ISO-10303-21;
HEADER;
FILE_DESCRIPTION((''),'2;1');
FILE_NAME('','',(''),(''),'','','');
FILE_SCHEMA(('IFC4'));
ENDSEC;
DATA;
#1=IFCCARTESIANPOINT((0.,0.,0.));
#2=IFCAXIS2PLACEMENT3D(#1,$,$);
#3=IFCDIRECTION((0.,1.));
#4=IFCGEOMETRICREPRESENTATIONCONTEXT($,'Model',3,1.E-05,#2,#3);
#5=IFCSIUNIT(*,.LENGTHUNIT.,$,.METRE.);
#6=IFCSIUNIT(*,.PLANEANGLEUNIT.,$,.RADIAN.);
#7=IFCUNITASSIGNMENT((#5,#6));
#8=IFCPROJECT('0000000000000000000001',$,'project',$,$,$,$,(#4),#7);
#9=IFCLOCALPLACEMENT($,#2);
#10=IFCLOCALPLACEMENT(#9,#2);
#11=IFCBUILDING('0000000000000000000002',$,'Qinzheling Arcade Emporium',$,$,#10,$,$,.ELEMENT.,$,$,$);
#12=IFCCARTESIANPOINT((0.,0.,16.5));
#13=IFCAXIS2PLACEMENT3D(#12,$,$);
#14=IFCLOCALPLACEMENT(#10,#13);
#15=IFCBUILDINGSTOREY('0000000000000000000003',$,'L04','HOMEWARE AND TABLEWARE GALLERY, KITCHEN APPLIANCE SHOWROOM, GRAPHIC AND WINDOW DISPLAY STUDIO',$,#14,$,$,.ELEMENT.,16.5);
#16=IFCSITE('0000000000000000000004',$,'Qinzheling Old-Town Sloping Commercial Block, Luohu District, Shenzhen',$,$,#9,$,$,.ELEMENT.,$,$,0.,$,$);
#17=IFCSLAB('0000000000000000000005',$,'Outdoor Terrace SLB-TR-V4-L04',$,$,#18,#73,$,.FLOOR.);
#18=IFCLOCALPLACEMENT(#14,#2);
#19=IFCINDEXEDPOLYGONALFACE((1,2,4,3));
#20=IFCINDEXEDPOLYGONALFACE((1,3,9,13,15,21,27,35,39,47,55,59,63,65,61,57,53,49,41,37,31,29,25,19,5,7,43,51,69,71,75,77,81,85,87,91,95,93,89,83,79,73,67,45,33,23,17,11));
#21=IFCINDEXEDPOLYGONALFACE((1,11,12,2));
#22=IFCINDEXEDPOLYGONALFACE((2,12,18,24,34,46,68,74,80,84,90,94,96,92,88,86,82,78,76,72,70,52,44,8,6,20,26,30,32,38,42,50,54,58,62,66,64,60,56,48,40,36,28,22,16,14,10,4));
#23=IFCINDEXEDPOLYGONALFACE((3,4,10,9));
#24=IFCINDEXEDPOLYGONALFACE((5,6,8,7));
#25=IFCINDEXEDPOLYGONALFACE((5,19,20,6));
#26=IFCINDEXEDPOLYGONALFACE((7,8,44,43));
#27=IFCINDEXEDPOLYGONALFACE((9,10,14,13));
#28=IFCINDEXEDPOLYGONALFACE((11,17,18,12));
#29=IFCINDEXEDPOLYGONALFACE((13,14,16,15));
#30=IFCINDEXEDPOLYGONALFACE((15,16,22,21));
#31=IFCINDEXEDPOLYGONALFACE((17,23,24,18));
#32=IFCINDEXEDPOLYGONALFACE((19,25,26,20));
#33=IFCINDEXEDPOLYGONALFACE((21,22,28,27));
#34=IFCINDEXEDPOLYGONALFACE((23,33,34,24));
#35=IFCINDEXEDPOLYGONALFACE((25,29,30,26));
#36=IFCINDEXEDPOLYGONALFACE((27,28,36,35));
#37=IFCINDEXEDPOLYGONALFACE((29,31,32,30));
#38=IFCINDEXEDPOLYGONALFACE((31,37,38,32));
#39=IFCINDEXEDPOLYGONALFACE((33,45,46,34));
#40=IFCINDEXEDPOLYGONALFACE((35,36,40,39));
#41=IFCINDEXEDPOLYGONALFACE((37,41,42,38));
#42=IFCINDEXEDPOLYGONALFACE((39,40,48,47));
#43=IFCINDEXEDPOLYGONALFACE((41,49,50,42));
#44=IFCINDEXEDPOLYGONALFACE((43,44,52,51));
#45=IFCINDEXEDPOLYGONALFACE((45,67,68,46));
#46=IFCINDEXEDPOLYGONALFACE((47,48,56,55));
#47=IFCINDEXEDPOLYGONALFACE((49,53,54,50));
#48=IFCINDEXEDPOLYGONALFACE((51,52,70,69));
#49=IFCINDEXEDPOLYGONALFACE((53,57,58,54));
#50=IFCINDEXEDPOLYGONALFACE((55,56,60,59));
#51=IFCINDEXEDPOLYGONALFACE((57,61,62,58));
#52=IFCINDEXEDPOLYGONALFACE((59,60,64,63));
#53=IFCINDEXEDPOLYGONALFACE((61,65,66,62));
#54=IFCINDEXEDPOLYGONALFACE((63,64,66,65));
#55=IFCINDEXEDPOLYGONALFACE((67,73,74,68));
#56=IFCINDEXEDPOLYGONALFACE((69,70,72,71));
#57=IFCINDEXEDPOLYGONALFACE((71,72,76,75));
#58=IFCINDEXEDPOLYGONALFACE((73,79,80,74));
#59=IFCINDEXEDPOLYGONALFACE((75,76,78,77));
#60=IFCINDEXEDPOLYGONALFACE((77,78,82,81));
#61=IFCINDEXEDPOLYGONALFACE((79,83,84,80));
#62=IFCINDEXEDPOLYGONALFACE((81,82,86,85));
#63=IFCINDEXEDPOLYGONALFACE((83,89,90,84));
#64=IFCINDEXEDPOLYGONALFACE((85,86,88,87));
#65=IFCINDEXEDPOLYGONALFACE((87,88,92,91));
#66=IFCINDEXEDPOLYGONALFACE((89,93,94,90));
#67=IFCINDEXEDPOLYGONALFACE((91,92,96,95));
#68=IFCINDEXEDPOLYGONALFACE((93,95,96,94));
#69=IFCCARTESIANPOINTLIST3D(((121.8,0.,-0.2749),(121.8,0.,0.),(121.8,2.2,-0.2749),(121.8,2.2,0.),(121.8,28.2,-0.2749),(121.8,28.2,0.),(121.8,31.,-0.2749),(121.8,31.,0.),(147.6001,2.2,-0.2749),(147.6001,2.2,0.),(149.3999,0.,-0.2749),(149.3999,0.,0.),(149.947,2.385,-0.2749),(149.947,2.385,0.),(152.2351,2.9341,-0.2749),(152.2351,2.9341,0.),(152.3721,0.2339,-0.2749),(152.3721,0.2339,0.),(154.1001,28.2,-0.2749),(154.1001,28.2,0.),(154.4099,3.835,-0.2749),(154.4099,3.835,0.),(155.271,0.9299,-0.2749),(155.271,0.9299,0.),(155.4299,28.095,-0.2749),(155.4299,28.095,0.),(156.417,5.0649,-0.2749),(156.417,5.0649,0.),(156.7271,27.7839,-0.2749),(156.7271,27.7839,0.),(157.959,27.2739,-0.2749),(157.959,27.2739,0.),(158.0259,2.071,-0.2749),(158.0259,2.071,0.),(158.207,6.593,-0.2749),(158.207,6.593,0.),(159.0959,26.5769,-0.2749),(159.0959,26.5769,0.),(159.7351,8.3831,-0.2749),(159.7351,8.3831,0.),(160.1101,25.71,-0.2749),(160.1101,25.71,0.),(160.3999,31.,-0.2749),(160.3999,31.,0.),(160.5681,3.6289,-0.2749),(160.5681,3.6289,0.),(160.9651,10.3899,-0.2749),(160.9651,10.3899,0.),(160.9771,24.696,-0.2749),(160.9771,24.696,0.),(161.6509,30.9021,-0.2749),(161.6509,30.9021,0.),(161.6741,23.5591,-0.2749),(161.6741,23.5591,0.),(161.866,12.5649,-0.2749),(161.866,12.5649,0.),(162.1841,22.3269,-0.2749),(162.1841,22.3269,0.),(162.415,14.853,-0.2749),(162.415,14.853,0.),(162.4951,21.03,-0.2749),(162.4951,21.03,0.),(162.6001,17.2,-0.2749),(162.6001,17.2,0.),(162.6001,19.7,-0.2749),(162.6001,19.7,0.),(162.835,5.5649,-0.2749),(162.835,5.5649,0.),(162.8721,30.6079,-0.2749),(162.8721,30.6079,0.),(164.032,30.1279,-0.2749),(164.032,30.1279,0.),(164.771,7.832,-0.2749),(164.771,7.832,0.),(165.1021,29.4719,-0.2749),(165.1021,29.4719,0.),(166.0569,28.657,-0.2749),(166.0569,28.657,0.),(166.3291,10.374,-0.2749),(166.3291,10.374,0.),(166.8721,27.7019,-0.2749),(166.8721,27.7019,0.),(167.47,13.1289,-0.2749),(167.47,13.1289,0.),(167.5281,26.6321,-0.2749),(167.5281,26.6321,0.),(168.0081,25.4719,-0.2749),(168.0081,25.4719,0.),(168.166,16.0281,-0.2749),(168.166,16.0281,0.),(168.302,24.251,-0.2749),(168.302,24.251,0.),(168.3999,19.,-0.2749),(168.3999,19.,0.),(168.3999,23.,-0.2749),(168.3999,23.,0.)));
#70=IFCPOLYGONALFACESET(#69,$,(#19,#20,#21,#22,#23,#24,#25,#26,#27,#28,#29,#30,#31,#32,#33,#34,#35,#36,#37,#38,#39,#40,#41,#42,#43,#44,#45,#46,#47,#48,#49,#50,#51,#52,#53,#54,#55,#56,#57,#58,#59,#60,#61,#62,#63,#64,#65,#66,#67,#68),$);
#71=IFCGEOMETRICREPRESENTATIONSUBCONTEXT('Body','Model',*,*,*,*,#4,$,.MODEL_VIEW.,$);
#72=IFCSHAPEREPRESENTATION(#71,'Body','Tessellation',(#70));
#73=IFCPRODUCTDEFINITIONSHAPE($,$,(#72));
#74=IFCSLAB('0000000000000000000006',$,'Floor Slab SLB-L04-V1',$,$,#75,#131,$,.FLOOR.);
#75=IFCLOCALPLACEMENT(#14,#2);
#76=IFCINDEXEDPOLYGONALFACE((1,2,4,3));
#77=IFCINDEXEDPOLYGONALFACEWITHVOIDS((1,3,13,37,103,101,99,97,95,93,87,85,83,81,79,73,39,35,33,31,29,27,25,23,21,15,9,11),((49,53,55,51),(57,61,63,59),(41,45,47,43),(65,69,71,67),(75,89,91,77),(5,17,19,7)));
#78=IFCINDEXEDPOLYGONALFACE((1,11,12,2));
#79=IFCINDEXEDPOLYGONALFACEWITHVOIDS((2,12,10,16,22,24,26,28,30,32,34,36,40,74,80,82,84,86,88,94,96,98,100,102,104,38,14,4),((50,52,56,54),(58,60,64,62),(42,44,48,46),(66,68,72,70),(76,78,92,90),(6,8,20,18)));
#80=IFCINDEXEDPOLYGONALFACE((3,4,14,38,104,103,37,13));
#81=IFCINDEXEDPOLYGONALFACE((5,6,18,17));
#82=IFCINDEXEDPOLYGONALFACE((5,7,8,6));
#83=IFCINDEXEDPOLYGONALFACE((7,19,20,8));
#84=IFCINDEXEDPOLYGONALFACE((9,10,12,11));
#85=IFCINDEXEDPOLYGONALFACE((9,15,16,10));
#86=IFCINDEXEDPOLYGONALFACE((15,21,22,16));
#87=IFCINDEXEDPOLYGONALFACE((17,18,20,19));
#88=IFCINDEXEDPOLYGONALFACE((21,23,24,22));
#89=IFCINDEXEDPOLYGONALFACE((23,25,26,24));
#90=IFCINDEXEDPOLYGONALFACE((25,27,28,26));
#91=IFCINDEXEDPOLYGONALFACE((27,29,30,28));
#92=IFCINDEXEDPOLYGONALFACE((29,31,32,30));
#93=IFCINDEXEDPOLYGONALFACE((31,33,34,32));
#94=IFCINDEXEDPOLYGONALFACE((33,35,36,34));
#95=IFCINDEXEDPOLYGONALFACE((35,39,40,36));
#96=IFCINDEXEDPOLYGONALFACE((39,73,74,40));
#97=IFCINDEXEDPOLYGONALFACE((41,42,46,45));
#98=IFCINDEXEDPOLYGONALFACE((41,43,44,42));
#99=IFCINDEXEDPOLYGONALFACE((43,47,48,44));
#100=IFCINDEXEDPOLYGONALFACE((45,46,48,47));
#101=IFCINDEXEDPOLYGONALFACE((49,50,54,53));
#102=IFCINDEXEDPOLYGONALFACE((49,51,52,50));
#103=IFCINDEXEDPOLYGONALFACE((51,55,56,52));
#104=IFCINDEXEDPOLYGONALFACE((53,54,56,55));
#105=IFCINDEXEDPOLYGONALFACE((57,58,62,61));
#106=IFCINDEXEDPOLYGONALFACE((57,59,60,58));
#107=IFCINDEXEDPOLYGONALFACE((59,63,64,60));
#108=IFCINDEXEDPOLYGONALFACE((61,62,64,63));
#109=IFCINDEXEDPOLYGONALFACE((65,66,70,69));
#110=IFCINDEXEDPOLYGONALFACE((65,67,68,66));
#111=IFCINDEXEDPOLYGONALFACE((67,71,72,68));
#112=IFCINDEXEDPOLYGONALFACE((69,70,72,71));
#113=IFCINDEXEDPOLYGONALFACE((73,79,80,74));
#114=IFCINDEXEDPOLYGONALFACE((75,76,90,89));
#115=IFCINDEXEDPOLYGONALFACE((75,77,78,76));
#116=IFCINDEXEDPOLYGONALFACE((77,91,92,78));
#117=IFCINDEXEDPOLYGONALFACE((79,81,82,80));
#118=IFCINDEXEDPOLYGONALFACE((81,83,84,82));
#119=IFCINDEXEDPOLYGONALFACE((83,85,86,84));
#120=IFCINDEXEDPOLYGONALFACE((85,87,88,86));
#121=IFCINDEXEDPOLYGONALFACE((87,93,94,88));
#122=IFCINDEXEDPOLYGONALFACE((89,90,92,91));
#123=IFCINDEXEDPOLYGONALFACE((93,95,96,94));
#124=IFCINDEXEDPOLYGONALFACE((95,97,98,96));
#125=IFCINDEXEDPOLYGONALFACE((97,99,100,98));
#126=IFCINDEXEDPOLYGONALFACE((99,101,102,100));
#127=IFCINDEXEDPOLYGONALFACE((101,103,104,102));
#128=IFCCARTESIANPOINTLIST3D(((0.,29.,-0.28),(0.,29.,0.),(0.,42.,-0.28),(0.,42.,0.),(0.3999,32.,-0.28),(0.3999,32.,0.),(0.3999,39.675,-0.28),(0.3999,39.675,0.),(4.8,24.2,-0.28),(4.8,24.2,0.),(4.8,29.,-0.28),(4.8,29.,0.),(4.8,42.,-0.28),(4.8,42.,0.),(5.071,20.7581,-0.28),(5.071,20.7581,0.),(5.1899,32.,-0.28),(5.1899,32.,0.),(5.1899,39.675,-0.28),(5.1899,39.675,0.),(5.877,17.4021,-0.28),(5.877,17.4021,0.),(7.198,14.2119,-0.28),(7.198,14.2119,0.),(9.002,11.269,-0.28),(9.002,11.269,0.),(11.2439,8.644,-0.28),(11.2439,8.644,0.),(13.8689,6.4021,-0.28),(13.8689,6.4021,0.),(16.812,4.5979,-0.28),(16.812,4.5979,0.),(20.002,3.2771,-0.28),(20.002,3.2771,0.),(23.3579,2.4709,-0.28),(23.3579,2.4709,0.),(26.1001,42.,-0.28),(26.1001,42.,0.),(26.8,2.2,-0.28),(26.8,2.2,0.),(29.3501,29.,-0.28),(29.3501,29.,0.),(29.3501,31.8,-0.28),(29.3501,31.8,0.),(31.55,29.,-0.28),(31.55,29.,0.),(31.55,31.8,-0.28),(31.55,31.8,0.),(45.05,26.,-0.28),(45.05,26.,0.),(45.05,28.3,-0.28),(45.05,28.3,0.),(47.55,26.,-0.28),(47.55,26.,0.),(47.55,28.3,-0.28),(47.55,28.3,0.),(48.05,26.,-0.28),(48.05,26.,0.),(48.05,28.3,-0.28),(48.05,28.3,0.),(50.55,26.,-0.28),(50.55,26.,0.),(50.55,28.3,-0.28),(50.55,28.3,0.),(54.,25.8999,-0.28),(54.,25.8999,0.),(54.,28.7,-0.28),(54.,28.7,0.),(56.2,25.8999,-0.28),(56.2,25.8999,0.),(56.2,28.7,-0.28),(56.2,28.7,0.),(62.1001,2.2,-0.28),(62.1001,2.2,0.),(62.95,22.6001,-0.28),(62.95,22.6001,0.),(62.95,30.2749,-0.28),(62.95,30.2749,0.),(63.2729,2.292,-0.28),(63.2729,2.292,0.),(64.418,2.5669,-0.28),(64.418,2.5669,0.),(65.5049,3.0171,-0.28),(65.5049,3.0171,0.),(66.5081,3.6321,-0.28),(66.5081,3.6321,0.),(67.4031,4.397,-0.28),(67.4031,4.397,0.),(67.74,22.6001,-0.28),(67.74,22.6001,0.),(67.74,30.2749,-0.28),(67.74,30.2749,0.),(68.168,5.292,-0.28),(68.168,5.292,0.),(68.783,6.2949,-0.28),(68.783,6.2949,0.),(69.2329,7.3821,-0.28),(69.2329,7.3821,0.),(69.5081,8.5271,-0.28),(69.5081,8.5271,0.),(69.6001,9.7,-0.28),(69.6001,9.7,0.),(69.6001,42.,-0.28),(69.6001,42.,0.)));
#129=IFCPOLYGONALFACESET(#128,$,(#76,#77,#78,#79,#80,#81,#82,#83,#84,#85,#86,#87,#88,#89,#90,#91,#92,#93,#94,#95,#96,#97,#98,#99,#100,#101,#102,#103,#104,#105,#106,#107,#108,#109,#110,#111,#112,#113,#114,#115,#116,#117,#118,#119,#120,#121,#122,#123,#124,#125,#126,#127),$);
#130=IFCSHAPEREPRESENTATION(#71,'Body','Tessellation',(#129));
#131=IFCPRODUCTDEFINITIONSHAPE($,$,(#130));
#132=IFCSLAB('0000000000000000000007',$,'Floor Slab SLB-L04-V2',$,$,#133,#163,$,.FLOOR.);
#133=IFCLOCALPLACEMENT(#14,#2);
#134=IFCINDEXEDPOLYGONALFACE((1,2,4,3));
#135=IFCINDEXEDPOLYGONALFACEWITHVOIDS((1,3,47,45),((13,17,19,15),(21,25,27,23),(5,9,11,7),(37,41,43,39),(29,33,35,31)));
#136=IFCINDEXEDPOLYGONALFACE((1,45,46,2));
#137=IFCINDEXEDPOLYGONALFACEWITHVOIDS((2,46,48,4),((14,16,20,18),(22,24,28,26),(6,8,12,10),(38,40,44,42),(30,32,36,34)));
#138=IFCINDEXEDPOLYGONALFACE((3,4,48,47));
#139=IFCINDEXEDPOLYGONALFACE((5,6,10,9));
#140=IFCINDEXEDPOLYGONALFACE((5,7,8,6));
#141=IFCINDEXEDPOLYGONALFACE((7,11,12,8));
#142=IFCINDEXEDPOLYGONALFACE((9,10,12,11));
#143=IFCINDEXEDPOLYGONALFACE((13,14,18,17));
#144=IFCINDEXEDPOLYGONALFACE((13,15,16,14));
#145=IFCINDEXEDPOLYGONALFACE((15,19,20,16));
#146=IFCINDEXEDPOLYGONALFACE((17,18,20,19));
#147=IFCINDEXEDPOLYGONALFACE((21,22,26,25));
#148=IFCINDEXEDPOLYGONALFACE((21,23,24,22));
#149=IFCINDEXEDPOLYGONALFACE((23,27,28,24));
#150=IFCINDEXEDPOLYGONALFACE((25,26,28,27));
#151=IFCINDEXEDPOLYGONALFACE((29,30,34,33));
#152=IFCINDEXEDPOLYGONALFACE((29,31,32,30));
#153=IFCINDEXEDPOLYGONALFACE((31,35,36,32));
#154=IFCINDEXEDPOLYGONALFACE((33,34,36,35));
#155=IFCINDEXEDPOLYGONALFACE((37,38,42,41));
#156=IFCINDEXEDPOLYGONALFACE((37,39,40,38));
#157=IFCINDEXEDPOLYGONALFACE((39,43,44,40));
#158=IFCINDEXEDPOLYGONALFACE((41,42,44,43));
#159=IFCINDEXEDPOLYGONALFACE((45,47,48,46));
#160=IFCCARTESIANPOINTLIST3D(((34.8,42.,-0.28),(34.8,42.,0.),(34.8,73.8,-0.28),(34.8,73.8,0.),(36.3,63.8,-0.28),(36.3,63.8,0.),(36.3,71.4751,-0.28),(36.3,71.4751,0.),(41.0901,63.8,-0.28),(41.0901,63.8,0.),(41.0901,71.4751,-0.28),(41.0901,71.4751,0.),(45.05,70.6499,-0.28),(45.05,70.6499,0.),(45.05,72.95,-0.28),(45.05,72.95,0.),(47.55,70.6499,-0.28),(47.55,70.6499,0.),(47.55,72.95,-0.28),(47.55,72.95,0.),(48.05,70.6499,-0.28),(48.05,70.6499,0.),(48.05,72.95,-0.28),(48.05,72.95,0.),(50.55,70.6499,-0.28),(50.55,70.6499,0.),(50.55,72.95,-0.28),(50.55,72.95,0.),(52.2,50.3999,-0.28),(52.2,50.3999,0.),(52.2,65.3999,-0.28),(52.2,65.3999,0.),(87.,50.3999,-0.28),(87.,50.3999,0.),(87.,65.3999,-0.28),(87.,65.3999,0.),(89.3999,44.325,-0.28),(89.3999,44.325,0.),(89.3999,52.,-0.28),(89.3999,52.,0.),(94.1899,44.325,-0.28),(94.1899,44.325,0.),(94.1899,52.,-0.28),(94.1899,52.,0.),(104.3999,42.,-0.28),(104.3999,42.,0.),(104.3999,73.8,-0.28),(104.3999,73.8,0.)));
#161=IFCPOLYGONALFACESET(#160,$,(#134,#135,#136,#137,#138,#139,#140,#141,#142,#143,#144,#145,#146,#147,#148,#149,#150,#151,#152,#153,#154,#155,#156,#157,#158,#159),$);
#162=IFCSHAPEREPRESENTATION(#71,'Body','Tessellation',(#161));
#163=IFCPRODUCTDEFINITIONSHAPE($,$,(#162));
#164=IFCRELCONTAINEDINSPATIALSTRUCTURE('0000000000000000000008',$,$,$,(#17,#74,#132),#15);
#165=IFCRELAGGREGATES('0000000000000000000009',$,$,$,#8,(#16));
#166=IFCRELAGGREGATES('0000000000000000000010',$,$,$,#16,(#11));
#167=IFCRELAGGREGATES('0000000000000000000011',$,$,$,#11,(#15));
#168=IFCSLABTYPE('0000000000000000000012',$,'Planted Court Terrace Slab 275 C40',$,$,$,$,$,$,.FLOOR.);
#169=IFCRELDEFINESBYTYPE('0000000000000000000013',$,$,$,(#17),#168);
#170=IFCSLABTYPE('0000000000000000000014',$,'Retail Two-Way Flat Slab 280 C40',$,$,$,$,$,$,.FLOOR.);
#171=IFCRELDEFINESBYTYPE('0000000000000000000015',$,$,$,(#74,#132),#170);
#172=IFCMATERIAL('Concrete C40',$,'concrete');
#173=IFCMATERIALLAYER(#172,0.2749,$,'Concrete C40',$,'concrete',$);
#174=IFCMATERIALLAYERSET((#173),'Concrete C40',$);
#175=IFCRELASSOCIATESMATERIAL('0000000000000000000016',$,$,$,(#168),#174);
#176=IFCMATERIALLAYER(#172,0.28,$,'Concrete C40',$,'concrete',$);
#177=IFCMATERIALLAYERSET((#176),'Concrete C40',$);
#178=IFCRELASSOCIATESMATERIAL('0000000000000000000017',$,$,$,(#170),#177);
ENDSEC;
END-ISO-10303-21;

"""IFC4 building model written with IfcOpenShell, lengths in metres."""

from ifc_helpers import new_model, si_unit, direction, frame, origin, place, context, subcontext, project, spatial, polyline, outline, extrude, material, layer, layer_set, type_object, element, save


model = new_model("IFC4")

# Units and contexts
model_context = context("Model", 3, precision=1e-05, world=origin(), true_north=direction((0.0, 1.0)))
body_context = subcontext(model_context, "Body", "Model", "MODEL_VIEW")
ifc_project = project(units=[si_unit("LENGTHUNIT", "METRE"), si_unit("PLANEANGLEUNIT", "RADIAN")], contexts=[model_context])

# Site, building, storey
site_placement = place(None, origin())
site = spatial("IfcSite", under=ifc_project, at=site_placement, Name="Qinzheling Old-Town Sloping Commercial Block, Luohu District, Shenzhen", CompositionType="ELEMENT", RefElevation=0.0)
building_placement = place(site_placement, origin())
building = spatial("IfcBuilding", under=site, at=building_placement, Name="Qinzheling Arcade Emporium", CompositionType="ELEMENT")
storey_placement = place(building_placement, frame((0.0, 0.0, 16.5)))
storey = spatial("IfcBuildingStorey", under=building, at=storey_placement, Name="L04", Description="HOMEWARE AND TABLEWARE GALLERY, KITCHEN APPLIANCE SHOWROOM, GRAPHIC AND WINDOW DISPLAY STUDIO", CompositionType="ELEMENT", Elevation=16.5)

# Slabs
ifc_material = material(Name="Concrete C40", Category="concrete")
ifc_layer_1 = layer(ifc_material, 0.2749, Name="Concrete C40", Category="concrete")
ifc_layer_set_1 = layer_set([ifc_layer_1], Name="Concrete C40")
slab_type_1 = type_object("IfcSlabType", Name="Planted Court Terrace Slab 275 C40", PredefinedType="FLOOR", material=ifc_layer_set_1)
slab_1_placement = place(storey_placement, frame((0.0, 0.0, -0.2749)))
element("IfcSlab", 1, at=slab_1_placement, inside=storey, type_object=slab_type_1, Name="Outdoor Terrace SLB-TR-V4-L04", PredefinedType="FLOOR", context=body_context, shape_type="SweptSolid", body=[
    extrude(outline(polyline([(121.8, 31.0), (121.8, 28.2), (154.1001, 28.2), (155.4299, 28.095), (156.7271, 27.7839), (157.959, 27.2739), (159.0959, 26.5769), (160.1101, 25.71), (160.9771, 24.696), (161.6741, 23.5591), (162.1841, 22.3269), (162.4951, 21.03), (162.6001, 19.7), (162.6001, 17.2), (162.415, 14.853), (161.866, 12.5649), (160.9651, 10.3899), (159.7351, 8.3831), (158.207, 6.593), (156.417, 5.0649), (154.4099, 3.835), (152.2351, 2.9341), (149.947, 2.385), (147.6001, 2.2), (121.8, 2.2), (121.8, 0.0), (149.3999, 0.0), (152.3721, 0.2339), (155.271, 0.9299), (158.0259, 2.071), (160.5681, 3.6289), (162.835, 5.5649), (164.771, 7.832), (166.3291, 10.374), (167.47, 13.1289), (168.166, 16.0281), (168.3999, 19.0), (168.3999, 23.0), (168.302, 24.251), (168.0081, 25.4719), (167.5281, 26.6321), (166.8721, 27.7019), (166.0569, 28.657), (165.1021, 29.4719), (164.032, 30.1279), (162.8721, 30.6079), (161.6509, 30.9021), (160.3999, 31.0), (121.8, 31.0)])), origin(), (0.0, 0.0, 1.0), 0.2749),
])
ifc_layer_2 = layer(ifc_material, 0.28, Name="Concrete C40", Category="concrete")
ifc_layer_set_2 = layer_set([ifc_layer_2], Name="Concrete C40")
slab_type_2 = type_object("IfcSlabType", Name="Retail Two-Way Flat Slab 280 C40", PredefinedType="FLOOR", material=ifc_layer_set_2)
slab_2_placement = place(storey_placement, frame((0.0, 0.0, -0.28)))
element("IfcSlab", 2, at=slab_2_placement, inside=storey, type_object=slab_type_2, Name="Floor Slab SLB-L04-V1", PredefinedType="FLOOR", context=body_context, shape_type="SweptSolid", body=[
    extrude(outline(polyline([(26.1001, 42.0), (4.8, 42.0), (0.0, 42.0), (0.0, 29.0), (4.8, 29.0), (4.8, 24.2), (5.071, 20.7581), (5.877, 17.4021), (7.198, 14.2119), (9.002, 11.269), (11.2439, 8.644), (13.8689, 6.4021), (16.812, 4.5979), (20.002, 3.2771), (23.3579, 2.4709), (26.8, 2.2), (62.1001, 2.2), (63.2729, 2.292), (64.418, 2.5669), (65.5049, 3.0171), (66.5081, 3.6321), (67.4031, 4.397), (68.168, 5.292), (68.783, 6.2949), (69.2329, 7.3821), (69.5081, 8.5271), (69.6001, 9.7), (69.6001, 42.0), (26.1001, 42.0)]), holes=[polyline([(67.74, 22.6001), (62.95, 22.6001), (62.95, 30.2749), (67.74, 30.2749), (67.74, 22.6001)]), polyline([(56.2, 25.8999), (54.0, 25.8999), (54.0, 28.7), (56.2, 28.7), (56.2, 25.8999)]), polyline([(50.55, 26.0), (48.05, 26.0), (48.05, 28.3), (50.55, 28.3), (50.55, 26.0)]), polyline([(47.55, 26.0), (45.05, 26.0), (45.05, 28.3), (47.55, 28.3), (47.55, 26.0)]), polyline([(31.55, 29.0), (29.3501, 29.0), (29.3501, 31.8), (31.55, 31.8), (31.55, 29.0)]), polyline([(5.1899, 32.0), (0.3999, 32.0), (0.3999, 39.675), (5.1899, 39.675), (5.1899, 32.0)])]), origin(), (0.0, 0.0, 1.0), 0.28),
])
slab_3_placement = place(storey_placement, frame((0.0, 0.0, -0.28)))
element("IfcSlab", 3, at=slab_3_placement, inside=storey, type_object=slab_type_2, Name="Floor Slab SLB-L04-V2", PredefinedType="FLOOR", context=body_context, shape_type="SweptSolid", body=[
    extrude(outline(polyline([(34.8, 42.0), (104.3999, 42.0), (104.3999, 73.8), (34.8, 73.8), (34.8, 42.0)]), holes=[polyline([(94.1899, 44.325), (89.3999, 44.325), (89.3999, 52.0), (94.1899, 52.0), (94.1899, 44.325)]), polyline([(87.0, 50.3999), (52.2, 50.3999), (52.2, 65.3999), (87.0, 65.3999), (87.0, 50.3999)]), polyline([(50.55, 70.6499), (48.05, 70.6499), (48.05, 72.95), (50.55, 72.95), (50.55, 70.6499)]), polyline([(47.55, 70.6499), (45.05, 70.6499), (45.05, 72.95), (47.55, 72.95), (47.55, 70.6499)]), polyline([(41.0901, 63.8), (36.3, 63.8), (36.3, 71.4751), (41.0901, 71.4751), (41.0901, 63.8)])]), origin(), (0.0, 0.0, 1.0), 0.28),
])

save(model, "model.ifc")
